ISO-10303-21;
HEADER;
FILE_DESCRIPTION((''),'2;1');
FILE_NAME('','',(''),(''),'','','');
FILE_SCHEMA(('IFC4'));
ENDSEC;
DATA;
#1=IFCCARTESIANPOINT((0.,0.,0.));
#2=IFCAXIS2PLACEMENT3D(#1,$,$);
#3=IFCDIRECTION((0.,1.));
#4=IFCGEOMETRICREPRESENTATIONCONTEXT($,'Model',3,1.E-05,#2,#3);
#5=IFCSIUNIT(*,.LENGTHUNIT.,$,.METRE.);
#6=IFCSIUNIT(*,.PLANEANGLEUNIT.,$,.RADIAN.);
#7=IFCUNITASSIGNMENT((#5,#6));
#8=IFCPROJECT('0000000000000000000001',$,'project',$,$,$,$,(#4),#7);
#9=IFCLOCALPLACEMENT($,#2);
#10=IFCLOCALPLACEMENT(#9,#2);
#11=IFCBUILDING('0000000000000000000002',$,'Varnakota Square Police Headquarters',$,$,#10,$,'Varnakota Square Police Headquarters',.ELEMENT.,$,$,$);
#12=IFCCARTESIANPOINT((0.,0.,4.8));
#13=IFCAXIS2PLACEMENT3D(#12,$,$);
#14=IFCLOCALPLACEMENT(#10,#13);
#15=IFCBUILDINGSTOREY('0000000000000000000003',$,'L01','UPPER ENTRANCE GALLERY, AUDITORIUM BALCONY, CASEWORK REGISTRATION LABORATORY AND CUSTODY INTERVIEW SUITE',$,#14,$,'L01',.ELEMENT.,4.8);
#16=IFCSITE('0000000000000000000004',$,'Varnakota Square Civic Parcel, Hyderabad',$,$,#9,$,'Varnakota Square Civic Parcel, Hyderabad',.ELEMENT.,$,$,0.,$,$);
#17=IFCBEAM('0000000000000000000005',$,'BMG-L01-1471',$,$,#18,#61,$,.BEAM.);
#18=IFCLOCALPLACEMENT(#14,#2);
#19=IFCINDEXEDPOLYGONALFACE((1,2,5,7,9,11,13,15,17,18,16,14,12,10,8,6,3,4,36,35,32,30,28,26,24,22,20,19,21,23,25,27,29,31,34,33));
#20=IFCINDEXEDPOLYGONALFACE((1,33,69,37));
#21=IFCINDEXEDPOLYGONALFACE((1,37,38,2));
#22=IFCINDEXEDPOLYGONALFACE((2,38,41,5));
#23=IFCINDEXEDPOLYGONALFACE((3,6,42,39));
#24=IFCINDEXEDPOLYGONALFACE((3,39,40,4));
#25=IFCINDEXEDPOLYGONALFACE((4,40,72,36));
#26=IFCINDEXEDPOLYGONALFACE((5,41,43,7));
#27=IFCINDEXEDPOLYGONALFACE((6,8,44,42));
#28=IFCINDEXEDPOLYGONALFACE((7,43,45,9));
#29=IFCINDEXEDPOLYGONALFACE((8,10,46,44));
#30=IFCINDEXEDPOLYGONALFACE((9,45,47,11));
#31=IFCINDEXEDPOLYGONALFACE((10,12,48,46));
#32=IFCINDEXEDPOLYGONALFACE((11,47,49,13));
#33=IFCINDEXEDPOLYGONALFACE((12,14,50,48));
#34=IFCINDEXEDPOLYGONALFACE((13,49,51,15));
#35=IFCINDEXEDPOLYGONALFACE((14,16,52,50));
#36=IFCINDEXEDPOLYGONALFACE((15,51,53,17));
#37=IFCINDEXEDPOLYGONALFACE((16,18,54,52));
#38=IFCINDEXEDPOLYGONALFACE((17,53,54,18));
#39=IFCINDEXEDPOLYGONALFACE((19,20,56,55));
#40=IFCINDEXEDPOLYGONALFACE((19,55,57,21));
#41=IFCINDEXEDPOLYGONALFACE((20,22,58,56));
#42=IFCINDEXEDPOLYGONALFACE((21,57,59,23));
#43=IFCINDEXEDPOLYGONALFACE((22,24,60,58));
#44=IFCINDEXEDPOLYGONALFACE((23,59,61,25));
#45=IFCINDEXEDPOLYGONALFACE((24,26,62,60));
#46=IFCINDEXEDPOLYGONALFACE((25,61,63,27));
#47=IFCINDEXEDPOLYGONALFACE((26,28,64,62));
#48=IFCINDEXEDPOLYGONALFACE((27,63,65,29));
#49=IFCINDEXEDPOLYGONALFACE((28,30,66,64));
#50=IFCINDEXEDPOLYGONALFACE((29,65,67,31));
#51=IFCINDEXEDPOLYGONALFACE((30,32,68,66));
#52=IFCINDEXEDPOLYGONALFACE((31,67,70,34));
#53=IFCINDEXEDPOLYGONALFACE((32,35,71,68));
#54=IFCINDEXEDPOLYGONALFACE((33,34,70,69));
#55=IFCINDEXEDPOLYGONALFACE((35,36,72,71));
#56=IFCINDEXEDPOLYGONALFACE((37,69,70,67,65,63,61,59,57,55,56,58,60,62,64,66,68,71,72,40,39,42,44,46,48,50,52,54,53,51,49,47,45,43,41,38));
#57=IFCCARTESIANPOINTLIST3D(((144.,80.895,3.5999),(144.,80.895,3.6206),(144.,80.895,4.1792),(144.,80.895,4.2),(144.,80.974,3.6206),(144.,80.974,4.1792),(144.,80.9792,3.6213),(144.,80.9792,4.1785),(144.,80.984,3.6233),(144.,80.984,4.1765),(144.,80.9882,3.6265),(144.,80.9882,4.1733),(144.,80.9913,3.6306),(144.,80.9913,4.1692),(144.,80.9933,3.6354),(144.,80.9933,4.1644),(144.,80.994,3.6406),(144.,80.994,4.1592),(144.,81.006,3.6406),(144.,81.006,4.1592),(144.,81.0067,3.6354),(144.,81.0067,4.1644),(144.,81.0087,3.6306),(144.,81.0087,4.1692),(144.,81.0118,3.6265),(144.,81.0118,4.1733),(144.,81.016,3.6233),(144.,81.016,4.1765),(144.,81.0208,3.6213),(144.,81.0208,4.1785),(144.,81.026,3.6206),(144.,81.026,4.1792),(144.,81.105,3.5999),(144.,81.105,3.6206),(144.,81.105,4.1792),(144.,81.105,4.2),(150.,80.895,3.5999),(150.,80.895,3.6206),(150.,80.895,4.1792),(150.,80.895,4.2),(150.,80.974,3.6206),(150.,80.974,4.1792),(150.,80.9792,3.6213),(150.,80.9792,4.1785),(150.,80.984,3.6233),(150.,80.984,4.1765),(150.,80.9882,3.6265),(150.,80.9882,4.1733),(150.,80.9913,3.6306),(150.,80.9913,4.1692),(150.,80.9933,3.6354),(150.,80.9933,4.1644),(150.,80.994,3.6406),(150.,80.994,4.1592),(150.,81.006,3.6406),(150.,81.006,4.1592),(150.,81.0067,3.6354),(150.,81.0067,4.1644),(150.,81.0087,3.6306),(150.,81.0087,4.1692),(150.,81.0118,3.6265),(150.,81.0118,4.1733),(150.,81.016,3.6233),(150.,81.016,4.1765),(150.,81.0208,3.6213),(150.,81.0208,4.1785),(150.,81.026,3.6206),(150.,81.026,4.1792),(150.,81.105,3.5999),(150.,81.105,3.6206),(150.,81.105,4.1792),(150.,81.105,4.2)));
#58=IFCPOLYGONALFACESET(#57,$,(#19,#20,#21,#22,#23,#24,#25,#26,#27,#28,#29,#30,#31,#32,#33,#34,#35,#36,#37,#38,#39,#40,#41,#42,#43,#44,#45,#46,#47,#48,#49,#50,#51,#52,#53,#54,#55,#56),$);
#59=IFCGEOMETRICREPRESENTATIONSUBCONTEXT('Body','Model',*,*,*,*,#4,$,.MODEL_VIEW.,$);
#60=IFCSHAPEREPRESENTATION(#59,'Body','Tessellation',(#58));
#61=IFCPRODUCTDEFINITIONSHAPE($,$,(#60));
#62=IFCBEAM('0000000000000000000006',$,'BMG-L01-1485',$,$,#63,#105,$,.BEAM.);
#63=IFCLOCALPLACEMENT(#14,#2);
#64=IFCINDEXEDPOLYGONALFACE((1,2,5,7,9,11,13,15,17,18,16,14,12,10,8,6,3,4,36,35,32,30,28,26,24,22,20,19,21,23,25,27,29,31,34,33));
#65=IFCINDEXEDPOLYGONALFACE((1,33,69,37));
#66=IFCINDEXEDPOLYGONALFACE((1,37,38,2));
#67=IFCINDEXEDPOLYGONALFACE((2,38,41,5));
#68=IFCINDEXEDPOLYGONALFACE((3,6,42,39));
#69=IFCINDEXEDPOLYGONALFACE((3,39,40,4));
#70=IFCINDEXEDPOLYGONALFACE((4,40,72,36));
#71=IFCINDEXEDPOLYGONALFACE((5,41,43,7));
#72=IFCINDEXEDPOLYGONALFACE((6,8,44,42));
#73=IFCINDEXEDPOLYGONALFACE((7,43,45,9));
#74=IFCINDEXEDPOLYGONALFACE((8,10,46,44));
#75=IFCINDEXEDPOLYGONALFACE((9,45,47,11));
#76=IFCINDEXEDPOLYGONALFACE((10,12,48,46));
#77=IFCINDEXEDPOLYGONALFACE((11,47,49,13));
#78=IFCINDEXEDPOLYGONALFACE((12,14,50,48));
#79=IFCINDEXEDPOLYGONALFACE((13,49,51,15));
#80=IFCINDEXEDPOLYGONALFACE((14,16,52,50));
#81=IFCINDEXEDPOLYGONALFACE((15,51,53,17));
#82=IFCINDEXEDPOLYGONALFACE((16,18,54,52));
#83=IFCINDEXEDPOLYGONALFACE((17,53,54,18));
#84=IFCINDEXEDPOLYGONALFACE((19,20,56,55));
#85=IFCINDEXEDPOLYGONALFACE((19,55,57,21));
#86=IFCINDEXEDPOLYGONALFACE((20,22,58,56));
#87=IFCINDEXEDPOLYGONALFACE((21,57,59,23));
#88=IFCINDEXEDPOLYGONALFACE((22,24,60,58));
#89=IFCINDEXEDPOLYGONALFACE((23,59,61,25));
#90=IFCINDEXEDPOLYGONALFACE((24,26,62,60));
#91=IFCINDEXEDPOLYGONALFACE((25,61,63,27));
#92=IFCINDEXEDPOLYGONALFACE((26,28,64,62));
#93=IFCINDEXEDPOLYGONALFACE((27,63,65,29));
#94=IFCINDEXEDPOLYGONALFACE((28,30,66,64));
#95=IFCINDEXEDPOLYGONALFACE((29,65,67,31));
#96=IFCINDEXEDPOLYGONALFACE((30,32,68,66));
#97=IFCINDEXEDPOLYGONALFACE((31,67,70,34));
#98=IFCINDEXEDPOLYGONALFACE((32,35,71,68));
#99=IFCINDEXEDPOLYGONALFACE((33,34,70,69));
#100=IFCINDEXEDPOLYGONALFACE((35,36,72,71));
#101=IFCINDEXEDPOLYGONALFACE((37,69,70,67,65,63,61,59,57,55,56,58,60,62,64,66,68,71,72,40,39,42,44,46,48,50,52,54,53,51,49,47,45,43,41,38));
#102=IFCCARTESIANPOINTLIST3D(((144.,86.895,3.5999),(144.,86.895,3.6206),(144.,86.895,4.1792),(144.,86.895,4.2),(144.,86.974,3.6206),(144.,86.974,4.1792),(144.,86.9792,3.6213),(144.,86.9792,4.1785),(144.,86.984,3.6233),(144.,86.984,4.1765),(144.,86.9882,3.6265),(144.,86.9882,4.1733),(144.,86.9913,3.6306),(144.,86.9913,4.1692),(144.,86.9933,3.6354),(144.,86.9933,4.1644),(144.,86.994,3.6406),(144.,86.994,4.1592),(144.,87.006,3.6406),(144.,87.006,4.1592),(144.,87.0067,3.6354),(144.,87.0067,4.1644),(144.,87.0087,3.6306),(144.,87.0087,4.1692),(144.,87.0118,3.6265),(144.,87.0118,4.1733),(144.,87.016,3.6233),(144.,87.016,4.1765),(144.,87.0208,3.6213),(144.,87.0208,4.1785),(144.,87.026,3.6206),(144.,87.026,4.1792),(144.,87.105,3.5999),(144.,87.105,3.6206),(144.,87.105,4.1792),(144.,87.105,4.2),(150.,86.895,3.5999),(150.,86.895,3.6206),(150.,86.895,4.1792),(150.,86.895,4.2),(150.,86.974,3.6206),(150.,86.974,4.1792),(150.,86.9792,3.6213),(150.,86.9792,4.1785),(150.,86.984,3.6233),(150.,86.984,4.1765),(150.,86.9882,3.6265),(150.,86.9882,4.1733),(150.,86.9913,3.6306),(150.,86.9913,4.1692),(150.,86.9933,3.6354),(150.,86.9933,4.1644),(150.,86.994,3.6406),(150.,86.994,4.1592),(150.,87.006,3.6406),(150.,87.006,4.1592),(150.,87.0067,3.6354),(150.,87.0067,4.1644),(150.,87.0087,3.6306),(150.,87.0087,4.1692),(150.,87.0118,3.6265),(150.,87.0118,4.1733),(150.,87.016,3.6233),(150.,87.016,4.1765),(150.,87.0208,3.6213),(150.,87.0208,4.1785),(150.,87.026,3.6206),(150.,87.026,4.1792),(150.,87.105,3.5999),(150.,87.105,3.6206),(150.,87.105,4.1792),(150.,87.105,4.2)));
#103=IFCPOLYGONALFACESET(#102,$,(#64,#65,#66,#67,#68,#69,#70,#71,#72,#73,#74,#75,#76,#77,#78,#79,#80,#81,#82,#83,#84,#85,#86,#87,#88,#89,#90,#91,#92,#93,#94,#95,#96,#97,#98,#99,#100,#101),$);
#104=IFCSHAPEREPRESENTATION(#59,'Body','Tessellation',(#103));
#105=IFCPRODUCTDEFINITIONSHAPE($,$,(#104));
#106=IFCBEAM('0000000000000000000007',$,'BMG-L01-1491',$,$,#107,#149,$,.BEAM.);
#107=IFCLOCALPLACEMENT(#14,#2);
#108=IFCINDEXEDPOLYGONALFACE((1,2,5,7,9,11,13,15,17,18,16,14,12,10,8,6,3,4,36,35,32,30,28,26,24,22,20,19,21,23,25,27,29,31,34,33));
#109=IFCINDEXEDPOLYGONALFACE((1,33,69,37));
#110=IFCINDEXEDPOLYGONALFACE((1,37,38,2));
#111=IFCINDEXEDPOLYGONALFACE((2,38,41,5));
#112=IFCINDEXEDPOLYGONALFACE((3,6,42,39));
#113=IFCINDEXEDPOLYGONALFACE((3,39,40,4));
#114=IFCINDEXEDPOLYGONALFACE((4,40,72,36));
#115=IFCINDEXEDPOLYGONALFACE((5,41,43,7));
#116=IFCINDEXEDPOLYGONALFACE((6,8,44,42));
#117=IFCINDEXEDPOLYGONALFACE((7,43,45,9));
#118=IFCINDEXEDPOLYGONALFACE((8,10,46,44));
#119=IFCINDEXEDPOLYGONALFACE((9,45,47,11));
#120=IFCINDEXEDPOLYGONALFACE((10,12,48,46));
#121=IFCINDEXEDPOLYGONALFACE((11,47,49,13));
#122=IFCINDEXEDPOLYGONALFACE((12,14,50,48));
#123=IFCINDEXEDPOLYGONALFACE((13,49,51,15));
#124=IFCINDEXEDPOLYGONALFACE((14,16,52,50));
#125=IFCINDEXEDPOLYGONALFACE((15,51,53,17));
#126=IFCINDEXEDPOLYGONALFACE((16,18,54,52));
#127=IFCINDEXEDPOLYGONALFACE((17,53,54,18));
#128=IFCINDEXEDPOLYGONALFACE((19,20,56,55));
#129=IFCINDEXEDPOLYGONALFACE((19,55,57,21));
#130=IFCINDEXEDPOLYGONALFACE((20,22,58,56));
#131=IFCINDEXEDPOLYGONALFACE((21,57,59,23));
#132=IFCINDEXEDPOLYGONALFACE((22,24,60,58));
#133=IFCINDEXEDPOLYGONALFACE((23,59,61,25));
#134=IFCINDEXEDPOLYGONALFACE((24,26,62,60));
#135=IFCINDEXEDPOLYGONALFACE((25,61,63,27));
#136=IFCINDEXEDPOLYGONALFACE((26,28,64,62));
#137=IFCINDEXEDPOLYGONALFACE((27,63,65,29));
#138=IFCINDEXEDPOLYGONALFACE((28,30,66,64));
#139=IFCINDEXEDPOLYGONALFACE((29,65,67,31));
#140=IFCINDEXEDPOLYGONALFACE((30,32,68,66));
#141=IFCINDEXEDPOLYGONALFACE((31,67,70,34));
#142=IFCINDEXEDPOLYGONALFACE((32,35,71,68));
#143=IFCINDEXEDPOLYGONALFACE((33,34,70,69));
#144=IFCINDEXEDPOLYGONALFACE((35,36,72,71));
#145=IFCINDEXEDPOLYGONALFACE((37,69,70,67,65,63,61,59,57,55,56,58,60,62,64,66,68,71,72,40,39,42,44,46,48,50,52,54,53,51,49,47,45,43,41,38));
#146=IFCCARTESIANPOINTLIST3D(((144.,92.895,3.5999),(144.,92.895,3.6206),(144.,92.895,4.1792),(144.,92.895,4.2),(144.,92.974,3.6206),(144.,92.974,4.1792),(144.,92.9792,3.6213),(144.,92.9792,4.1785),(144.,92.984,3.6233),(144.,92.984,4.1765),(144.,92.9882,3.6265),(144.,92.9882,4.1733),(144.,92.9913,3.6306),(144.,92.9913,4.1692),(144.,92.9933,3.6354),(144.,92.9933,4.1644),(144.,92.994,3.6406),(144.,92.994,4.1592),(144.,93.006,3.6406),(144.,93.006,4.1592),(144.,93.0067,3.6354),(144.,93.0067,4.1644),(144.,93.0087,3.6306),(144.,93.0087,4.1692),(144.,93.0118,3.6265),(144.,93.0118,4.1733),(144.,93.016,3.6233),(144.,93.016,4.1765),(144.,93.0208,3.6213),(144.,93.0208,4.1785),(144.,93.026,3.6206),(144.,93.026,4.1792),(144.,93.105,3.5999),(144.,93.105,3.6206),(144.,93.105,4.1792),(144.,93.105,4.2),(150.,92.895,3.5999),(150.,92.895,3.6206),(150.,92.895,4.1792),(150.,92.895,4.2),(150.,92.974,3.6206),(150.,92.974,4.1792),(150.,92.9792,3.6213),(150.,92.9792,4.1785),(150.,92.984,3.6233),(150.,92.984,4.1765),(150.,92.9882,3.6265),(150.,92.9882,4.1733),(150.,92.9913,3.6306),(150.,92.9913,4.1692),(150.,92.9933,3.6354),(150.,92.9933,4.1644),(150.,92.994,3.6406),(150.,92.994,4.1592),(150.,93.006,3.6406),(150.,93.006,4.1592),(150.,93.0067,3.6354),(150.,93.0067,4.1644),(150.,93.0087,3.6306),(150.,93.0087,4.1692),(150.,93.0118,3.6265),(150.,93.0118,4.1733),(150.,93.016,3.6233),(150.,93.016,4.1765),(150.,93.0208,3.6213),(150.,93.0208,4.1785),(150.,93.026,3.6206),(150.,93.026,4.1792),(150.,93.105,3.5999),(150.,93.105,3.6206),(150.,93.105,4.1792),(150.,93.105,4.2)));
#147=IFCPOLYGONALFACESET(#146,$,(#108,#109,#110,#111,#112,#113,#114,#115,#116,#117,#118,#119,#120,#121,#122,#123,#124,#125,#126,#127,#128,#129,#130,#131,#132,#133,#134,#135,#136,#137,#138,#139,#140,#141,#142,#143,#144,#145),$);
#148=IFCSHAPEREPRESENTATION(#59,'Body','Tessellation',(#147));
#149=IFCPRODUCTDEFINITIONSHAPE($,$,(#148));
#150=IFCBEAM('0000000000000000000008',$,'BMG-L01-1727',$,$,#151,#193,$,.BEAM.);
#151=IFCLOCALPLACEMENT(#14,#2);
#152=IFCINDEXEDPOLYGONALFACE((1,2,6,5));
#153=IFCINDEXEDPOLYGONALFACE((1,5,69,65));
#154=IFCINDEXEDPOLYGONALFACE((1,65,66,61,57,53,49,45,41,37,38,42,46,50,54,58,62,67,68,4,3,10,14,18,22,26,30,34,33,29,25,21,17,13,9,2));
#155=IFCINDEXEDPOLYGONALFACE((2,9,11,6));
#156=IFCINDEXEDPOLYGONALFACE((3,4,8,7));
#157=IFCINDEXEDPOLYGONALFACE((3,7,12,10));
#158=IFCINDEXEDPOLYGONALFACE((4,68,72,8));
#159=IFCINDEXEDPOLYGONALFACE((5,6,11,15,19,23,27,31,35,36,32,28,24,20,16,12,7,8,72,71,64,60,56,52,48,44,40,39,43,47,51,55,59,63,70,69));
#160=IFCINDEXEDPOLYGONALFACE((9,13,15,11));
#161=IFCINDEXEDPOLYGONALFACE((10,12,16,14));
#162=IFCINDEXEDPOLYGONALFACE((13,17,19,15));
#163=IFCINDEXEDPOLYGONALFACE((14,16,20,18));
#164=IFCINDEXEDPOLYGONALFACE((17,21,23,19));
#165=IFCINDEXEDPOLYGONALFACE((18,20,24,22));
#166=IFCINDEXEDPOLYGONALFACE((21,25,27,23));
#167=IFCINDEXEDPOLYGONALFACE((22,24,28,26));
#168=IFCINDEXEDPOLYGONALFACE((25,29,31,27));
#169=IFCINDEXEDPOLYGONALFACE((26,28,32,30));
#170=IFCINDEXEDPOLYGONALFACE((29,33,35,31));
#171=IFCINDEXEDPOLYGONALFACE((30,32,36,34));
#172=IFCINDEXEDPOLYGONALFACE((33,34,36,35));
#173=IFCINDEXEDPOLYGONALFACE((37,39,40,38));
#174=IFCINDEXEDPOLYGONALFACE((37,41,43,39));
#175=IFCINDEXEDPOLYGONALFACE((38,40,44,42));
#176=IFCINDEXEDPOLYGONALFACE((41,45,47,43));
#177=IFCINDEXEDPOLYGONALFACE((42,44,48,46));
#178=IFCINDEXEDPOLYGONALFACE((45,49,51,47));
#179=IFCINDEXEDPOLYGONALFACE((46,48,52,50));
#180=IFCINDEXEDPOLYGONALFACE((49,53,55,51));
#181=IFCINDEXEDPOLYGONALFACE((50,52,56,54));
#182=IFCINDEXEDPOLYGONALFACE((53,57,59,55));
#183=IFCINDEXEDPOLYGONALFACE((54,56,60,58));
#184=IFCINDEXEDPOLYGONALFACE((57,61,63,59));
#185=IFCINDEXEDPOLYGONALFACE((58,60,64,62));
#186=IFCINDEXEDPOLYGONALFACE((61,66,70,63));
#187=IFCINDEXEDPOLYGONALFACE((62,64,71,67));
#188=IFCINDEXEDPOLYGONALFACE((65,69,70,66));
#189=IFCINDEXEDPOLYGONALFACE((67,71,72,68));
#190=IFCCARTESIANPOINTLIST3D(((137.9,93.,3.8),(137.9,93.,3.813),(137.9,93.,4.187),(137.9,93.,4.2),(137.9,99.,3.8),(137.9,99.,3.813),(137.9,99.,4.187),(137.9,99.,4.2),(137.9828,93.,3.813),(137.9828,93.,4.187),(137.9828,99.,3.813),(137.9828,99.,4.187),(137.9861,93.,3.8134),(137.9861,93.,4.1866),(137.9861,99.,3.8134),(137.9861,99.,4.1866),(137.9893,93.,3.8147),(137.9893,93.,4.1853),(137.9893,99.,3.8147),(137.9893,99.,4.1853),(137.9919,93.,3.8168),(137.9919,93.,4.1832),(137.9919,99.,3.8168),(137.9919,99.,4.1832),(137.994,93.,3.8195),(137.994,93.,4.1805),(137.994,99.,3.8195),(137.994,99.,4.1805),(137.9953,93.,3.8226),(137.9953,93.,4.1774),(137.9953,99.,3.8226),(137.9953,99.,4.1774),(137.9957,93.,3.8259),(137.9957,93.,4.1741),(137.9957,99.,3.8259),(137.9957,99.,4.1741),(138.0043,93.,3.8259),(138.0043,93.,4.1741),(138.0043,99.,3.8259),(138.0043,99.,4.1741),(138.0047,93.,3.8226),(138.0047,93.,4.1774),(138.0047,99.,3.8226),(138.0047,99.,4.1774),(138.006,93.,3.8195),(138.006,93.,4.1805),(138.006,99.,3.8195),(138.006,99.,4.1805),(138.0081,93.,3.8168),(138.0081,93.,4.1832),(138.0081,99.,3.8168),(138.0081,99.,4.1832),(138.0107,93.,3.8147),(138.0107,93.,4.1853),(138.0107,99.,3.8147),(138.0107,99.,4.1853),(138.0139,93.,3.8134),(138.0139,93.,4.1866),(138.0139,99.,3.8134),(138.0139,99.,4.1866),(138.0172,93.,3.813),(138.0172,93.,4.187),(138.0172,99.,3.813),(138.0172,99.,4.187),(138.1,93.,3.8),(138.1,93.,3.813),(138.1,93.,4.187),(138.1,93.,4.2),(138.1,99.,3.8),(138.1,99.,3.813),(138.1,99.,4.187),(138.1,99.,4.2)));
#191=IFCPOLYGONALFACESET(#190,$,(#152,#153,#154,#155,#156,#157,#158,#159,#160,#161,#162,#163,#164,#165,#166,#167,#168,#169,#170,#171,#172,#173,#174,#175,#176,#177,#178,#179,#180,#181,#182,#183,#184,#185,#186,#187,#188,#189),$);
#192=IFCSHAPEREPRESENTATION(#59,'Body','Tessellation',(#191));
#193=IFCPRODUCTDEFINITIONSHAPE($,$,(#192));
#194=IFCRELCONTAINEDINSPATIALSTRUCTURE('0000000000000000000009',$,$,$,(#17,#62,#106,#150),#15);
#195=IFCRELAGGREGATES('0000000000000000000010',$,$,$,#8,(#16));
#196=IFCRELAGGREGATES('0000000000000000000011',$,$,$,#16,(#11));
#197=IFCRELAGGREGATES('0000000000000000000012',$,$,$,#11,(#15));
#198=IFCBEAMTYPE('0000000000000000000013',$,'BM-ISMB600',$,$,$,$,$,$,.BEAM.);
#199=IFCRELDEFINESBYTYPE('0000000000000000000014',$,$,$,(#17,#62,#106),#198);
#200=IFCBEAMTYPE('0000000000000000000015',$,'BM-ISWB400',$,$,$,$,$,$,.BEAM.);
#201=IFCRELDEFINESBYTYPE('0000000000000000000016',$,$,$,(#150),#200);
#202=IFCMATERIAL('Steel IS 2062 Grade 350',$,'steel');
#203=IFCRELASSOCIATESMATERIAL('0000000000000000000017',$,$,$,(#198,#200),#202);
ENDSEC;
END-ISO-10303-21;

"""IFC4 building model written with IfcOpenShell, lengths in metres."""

from ifc_helpers import new_model, si_unit, direction, frame, origin, origin_2d, place, context, subcontext, project, spatial, i_section, extrude, material, material_profile, profile_set, type_object, element, save


model = new_model("IFC4")

# Units and contexts
model_context = context("Model", 3, precision=1e-05, world=origin(), true_north=direction((0.0, 1.0)))
body_context = subcontext(model_context, "Body", "Model", "MODEL_VIEW")
ifc_project = project(units=[si_unit("LENGTHUNIT", "METRE"), si_unit("PLANEANGLEUNIT", "RADIAN")], contexts=[model_context])

# Site, building, storey
site_placement = place(None, origin())
site = spatial("IfcSite", under=ifc_project, at=site_placement, Name="Varnakota Square Civic Parcel, Hyderabad", LongName="Varnakota Square Civic Parcel, Hyderabad", CompositionType="ELEMENT", RefElevation=0.0)
building_placement = place(site_placement, origin())
building = spatial("IfcBuilding", under=site, at=building_placement, Name="Varnakota Square Police Headquarters", LongName="Varnakota Square Police Headquarters", CompositionType="ELEMENT")
storey_placement = place(building_placement, frame((0.0, 0.0, 4.8)))
storey = spatial("IfcBuildingStorey", under=building, at=storey_placement, Name="L01", Description="UPPER ENTRANCE GALLERY, AUDITORIUM BALCONY, CASEWORK REGISTRATION LABORATORY AND CUSTODY INTERVIEW SUITE", LongName="L01", CompositionType="ELEMENT", Elevation=4.8)

# Shared definitions
ifc_material = material(Name="Steel IS 2062 Grade 350", Category="steel")

# Beams
ifc_material_profile_1 = material_profile(ifc_material, i_section(OverallWidth=0.21, OverallDepth=0.6001, WebThickness=0.012, FlangeThickness=0.0208, FilletRadius=0.02, at=origin_2d()), Name="ISMB 600")
ifc_profile_set_1 = profile_set([ifc_material_profile_1], Name="Steel IS 2062 Grade 350")
beam_type_1 = type_object("IfcBeamType", Name="BM-ISMB600", PredefinedType="BEAM", material=ifc_profile_set_1)
for number, where, z_axis, x_axis, name in (
    (1, (144.0, 81.0, 3.8999), (1.0, 0.0, 0.0), (0.0, 1.0, 0.0), "BMG-L01-1471"),
    (2, (144.0, 87.0, 3.8999), (1.0, 0.0, 0.0), (0.0, 1.0, 0.0), "BMG-L01-1485"),
    (3, (144.0, 93.0, 3.8999), (1.0, 0.0, 0.0), (0.0, 1.0, 0.0), "BMG-L01-1491"),
):
    element("IfcBeam", number, at=place(storey_placement, frame(where, z_axis=z_axis, x_axis=x_axis)), inside=storey, type_object=beam_type_1, Name=name, PredefinedType="BEAM", context=body_context, shape_type="SweptSolid", body=[
        extrude(i_section(OverallWidth=0.21, OverallDepth=0.6001, WebThickness=0.012, FlangeThickness=0.0208, FilletRadius=0.02, at=origin_2d()), origin(), (0.0, 0.0, 1.0), 6.0),
    ])
ifc_material_profile_2 = material_profile(ifc_material, i_section(OverallWidth=0.2, OverallDepth=0.3999, WebThickness=0.0085, FlangeThickness=0.0129, FilletRadius=0.0129, at=origin_2d()), Name="ISWB 400")
ifc_profile_set_2 = profile_set([ifc_material_profile_2], Name="Steel IS 2062 Grade 350")
beam_type_2 = type_object("IfcBeamType", Name="BM-ISWB400", PredefinedType="BEAM", material=ifc_profile_set_2)
for number, where, z_axis, x_axis, name in (
    (4, (138.0, 93.0, 4.0), (0.0, 1.0, 0.0), (-1.0, 0.0, 0.0), "BMG-L01-1727"),
):
    element("IfcBeam", number, at=place(storey_placement, frame(where, z_axis=z_axis, x_axis=x_axis)), inside=storey, type_object=beam_type_2, Name=name, PredefinedType="BEAM", context=body_context, shape_type="SweptSolid", body=[
        extrude(i_section(OverallWidth=0.2, OverallDepth=0.3999, WebThickness=0.0085, FlangeThickness=0.0129, FilletRadius=0.0129, at=origin_2d()), origin(), (0.0, 0.0, 1.0), 6.0),
    ])

save(model, "model.ifc")
